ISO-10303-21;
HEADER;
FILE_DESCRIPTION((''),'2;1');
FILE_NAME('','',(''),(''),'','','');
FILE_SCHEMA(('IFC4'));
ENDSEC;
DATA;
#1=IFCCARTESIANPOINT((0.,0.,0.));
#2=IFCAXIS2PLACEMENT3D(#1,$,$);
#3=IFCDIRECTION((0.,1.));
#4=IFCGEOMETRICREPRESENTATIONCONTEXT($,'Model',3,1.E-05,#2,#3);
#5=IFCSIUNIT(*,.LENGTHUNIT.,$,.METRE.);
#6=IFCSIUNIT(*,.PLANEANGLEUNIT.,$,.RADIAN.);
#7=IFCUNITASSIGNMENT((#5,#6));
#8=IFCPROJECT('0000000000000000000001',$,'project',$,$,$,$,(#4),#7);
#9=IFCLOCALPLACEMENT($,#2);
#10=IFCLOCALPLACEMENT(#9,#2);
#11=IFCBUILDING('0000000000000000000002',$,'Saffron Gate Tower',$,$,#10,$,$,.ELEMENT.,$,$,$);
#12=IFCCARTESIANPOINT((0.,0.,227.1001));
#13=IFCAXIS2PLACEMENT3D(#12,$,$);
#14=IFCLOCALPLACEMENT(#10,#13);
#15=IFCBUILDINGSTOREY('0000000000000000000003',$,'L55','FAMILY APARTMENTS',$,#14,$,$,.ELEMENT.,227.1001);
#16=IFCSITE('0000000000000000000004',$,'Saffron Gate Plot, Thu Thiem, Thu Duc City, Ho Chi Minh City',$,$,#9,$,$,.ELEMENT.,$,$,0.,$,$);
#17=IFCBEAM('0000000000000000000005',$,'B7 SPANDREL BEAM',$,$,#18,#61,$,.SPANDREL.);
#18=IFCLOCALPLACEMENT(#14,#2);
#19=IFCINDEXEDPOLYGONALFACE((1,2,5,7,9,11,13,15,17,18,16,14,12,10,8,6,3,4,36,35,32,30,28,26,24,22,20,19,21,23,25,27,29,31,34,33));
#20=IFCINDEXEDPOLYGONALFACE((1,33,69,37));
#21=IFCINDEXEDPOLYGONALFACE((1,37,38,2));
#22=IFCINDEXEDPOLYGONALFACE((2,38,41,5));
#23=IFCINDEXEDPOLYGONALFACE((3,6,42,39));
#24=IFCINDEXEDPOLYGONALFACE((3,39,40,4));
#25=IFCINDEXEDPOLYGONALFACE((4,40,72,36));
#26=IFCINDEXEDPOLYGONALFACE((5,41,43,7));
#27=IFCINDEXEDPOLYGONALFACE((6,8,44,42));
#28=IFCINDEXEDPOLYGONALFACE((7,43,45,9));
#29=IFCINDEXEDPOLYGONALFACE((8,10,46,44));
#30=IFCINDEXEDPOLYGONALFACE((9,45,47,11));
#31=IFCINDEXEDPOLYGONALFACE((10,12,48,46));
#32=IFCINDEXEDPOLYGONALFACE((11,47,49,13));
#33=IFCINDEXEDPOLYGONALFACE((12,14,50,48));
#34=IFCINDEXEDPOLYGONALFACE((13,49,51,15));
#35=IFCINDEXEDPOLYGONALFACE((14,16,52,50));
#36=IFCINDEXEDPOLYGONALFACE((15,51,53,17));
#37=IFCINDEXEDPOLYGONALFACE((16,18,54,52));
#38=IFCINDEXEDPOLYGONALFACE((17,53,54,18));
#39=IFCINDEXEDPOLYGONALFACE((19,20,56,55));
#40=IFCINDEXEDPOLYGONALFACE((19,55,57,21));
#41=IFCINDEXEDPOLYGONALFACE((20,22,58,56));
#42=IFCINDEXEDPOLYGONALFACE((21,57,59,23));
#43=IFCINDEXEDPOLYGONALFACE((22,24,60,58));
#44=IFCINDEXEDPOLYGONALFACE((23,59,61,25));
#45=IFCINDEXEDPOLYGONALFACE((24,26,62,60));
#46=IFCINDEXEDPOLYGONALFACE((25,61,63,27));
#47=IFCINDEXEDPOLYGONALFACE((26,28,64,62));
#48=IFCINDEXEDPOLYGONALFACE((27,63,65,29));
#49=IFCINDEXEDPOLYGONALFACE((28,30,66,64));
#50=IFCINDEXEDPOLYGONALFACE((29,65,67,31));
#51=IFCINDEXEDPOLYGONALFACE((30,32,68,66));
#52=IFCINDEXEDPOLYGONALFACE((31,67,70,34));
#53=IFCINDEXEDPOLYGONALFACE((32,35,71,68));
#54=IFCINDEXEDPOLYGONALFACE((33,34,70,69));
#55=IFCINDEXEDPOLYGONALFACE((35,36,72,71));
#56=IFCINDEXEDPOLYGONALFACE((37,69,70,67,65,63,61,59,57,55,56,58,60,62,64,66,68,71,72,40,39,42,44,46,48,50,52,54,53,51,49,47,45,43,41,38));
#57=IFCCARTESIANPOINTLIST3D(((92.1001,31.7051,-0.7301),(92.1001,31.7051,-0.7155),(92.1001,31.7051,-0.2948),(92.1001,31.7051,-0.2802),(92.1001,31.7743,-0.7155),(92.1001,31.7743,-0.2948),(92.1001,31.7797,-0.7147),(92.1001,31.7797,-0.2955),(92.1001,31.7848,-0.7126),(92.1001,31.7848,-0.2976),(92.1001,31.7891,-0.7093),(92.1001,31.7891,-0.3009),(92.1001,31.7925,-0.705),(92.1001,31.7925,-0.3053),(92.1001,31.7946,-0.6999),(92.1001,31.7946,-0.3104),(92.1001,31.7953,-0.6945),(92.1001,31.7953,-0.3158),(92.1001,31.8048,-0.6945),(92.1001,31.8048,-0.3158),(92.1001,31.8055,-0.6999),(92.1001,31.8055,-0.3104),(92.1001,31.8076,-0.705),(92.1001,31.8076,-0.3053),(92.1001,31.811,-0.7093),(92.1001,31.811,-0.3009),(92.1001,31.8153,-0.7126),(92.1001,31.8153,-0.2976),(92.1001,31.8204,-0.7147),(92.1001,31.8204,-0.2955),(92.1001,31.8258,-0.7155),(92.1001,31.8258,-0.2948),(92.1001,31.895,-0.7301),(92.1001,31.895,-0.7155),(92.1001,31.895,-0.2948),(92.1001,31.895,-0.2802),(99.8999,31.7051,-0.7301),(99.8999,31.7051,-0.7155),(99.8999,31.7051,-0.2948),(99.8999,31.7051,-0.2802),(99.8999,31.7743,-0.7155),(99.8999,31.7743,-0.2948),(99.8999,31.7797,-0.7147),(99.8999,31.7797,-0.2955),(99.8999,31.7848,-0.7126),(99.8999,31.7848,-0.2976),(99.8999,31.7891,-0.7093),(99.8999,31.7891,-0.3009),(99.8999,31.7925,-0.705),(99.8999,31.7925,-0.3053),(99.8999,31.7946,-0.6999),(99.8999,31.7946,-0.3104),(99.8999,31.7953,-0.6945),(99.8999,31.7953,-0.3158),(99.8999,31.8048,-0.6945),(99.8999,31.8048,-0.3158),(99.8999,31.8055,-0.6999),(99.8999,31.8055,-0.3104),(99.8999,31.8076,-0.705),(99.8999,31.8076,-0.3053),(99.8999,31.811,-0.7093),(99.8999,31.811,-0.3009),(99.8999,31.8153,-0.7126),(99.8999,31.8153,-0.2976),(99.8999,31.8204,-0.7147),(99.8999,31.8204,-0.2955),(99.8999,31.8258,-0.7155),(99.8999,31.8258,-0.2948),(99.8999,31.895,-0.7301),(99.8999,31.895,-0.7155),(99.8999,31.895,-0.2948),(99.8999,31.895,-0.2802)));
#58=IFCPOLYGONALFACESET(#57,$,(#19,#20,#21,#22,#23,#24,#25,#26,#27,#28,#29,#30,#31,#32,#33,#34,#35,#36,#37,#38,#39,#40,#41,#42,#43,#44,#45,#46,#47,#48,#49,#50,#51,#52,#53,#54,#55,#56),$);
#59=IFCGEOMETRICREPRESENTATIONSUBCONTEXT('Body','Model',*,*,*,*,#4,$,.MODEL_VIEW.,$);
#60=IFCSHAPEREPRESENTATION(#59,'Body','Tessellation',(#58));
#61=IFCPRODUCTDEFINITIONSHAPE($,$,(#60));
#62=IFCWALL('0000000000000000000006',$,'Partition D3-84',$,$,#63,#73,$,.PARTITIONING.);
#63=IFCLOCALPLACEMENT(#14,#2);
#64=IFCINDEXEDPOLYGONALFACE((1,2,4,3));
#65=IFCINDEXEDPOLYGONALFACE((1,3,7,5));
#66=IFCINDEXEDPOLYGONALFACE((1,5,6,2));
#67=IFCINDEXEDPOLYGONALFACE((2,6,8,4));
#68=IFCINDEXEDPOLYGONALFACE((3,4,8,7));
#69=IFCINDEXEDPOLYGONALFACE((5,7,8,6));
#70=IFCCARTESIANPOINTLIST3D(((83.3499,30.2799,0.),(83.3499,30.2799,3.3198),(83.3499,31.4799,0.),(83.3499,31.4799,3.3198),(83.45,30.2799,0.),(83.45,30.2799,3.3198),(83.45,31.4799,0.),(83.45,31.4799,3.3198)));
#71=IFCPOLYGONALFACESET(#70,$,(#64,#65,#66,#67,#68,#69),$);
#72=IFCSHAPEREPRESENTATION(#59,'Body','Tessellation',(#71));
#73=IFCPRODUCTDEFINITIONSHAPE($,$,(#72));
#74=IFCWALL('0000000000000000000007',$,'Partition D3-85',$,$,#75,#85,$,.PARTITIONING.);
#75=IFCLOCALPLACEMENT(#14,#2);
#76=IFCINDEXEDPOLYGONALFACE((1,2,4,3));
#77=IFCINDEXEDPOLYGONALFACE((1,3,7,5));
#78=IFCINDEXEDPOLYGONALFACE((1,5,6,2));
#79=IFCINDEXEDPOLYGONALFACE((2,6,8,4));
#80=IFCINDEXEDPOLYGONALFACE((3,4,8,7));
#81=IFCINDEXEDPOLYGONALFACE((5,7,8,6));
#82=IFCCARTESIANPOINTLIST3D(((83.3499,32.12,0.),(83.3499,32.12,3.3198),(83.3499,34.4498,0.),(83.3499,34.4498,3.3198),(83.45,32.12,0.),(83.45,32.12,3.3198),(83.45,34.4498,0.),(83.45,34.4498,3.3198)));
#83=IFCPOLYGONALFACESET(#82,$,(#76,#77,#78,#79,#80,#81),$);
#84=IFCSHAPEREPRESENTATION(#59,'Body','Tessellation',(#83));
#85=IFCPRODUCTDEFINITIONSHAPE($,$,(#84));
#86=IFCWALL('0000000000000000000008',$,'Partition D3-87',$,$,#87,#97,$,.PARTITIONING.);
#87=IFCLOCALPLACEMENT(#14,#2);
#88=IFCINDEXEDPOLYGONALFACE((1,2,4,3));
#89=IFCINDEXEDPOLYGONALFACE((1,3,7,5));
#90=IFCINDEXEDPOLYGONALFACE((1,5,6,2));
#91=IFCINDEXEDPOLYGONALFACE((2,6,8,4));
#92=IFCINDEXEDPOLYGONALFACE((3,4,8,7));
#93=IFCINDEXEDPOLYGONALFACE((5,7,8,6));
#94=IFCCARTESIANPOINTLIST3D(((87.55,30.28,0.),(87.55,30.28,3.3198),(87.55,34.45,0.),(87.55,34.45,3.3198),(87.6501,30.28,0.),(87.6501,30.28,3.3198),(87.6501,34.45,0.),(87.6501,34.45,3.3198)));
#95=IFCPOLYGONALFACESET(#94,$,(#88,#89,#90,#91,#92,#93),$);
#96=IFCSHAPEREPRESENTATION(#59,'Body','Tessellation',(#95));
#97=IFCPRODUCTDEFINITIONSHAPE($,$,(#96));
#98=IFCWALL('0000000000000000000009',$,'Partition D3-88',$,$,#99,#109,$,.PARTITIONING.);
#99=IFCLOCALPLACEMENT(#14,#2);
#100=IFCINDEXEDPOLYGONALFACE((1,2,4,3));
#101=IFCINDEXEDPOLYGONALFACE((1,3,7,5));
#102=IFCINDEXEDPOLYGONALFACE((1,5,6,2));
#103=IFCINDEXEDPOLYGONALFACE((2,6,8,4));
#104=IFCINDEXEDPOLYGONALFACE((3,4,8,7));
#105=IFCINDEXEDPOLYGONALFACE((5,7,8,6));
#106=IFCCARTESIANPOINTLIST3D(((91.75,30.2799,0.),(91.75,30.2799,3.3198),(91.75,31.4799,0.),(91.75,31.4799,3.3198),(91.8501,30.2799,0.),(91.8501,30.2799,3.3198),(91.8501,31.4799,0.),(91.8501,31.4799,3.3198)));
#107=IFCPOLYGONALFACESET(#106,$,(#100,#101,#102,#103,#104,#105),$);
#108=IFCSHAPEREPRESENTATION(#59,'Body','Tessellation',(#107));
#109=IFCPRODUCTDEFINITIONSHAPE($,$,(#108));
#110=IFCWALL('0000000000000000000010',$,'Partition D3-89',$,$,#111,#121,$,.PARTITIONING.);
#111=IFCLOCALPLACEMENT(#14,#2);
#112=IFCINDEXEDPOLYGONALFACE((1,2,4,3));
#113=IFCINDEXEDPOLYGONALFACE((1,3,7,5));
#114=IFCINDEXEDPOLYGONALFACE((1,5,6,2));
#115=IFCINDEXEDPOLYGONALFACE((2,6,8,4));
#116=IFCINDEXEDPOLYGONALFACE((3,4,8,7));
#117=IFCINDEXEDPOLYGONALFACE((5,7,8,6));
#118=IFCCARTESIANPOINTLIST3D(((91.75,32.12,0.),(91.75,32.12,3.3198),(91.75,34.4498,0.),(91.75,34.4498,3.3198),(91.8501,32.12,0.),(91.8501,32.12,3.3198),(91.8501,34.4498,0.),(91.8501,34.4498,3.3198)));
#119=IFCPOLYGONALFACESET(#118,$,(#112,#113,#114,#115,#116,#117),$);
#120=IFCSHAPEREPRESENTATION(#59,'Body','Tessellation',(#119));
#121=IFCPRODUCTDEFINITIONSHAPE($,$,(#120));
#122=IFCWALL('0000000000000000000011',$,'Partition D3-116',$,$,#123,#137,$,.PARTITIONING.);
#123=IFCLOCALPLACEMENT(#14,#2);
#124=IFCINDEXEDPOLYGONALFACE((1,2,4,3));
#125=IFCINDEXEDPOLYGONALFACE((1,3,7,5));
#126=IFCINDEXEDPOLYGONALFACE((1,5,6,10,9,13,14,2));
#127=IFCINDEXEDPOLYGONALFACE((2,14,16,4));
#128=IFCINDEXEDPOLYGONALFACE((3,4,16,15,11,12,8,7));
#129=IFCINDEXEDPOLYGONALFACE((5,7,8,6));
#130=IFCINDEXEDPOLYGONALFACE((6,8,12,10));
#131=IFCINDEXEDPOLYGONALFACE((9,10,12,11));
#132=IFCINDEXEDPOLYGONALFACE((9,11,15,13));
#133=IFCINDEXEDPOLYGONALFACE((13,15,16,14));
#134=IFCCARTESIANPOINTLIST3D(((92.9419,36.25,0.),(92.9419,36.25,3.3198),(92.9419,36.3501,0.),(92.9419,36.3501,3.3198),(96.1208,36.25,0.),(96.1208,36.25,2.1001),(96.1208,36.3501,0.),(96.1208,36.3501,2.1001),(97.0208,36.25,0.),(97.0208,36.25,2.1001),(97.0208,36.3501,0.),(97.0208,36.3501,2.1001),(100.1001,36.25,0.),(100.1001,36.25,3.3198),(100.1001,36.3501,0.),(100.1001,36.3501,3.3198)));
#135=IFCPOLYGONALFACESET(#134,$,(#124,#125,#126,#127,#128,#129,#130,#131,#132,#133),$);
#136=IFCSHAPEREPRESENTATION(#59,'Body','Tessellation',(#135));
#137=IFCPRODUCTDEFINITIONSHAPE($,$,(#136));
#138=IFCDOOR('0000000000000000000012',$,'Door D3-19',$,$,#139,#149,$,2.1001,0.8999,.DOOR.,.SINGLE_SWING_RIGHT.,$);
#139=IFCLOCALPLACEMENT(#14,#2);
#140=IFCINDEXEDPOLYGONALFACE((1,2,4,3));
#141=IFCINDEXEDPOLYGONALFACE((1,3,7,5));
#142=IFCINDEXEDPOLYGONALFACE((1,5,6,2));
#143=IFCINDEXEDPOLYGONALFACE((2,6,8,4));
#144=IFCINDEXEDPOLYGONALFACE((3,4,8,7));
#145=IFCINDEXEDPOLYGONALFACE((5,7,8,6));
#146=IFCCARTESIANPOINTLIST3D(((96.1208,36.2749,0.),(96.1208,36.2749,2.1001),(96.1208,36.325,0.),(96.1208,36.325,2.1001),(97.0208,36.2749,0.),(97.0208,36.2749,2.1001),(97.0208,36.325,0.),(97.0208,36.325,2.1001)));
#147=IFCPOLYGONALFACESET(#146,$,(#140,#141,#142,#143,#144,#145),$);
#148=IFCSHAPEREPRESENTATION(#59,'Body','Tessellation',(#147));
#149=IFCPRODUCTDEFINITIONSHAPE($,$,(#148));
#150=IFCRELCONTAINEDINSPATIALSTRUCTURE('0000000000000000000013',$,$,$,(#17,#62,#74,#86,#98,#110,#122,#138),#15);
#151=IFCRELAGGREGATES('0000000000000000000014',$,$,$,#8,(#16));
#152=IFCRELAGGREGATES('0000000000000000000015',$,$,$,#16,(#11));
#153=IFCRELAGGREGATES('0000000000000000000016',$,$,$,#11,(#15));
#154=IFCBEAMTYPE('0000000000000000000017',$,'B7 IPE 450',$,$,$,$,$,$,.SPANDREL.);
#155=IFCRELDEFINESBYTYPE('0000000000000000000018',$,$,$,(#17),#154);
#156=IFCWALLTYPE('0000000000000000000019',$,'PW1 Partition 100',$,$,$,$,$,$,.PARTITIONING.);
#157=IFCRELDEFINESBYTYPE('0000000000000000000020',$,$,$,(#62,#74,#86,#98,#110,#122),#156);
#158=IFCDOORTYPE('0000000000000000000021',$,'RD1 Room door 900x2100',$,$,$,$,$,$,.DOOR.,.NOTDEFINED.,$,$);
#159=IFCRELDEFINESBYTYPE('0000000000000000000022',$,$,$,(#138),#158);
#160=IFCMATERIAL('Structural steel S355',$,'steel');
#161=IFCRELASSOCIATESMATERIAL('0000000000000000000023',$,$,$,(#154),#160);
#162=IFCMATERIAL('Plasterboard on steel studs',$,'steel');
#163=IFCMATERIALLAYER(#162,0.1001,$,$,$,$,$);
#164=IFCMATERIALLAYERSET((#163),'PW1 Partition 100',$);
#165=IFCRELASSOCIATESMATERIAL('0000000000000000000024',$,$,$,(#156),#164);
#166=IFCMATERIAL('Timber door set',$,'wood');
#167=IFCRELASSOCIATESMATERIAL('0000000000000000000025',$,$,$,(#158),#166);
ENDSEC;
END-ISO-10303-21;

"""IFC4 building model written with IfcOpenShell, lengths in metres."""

from ifc_helpers import new_model, si_unit, direction, frame, frame_2d, origin, origin_2d, place, context, subcontext, project, spatial, rectangle, i_section, extrude, material, layer, layer_set, material_profile, profile_set, type_object, element, fill, save


model = new_model("IFC4")

# Units and contexts
model_context = context("Model", 3, precision=1e-05, world=origin(), true_north=direction((0.0, 1.0)))
body_context = subcontext(model_context, "Body", "Model", "MODEL_VIEW")
ifc_project = project(units=[si_unit("LENGTHUNIT", "METRE"), si_unit("PLANEANGLEUNIT", "RADIAN")], contexts=[model_context])

# Site, building, storey
site_placement = place(None, origin())
site = spatial("IfcSite", under=ifc_project, at=site_placement, Name="Saffron Gate Plot, Thu Thiem, Thu Duc City, Ho Chi Minh City", CompositionType="ELEMENT", RefElevation=0.0)
building_placement = place(site_placement, origin())
building = spatial("IfcBuilding", under=site, at=building_placement, Name="Saffron Gate Tower", CompositionType="ELEMENT")
storey_placement = place(building_placement, frame((0.0, 0.0, 227.1001)))
storey = spatial("IfcBuildingStorey", under=building, at=storey_placement, Name="L55", Description="FAMILY APARTMENTS", CompositionType="ELEMENT", Elevation=227.1001)

# Beam
ifc_material_1 = material(Name="Structural steel S355", Category="steel")
ifc_material_profile_1 = material_profile(ifc_material_1, i_section(OverallWidth=0.1899, OverallDepth=0.45, WebThickness=0.0095, FlangeThickness=0.0146, FilletRadius=0.021, at=origin_2d()))
ifc_profile_set_1 = profile_set([ifc_material_profile_1], Name="Structural steel S355")
beam_type_1 = type_object("IfcBeamType", Name="B7 IPE 450", PredefinedType="SPANDREL", material=ifc_profile_set_1)
beam_1_placement = place(storey_placement, frame((92.1001, 31.8, -0.5051), z_axis=(1.0, 0.0, 0.0), x_axis=(0.0, 1.0, 0.0)))
element("IfcBeam", 1, at=beam_1_placement, inside=storey, type_object=beam_type_1, Name="B7 SPANDREL BEAM", PredefinedType="SPANDREL", context=body_context, shape_type="SweptSolid", body=[
    extrude(i_section(OverallWidth=0.1899, OverallDepth=0.45, WebThickness=0.0095, FlangeThickness=0.0146, FilletRadius=0.021, at=origin_2d()), origin(), (0.0, 0.0, 1.0), 7.7998),
])

# Walls
ifc_material_2 = material(Name="Plasterboard on steel studs", Category="steel")
ifc_layer = layer(ifc_material_2, 0.1001)
ifc_layer_set = layer_set([ifc_layer], Name="PW1 Partition 100")
wall_type = type_object("IfcWallType", Name="PW1 Partition 100", PredefinedType="PARTITIONING", material=ifc_layer_set)
wall_1_placement = place(storey_placement, frame((83.3999, 31.48, 0.0), z_axis=(0.0, 0.0, 1.0), x_axis=(0.0, -1.0, 0.0)))
element("IfcWall", 2, at=wall_1_placement, inside=storey, type_object=wall_type, Name="Partition D3-84", PredefinedType="PARTITIONING", context=body_context, shape_type="SweptSolid", body=[
    extrude(rectangle(XDim=1.2, YDim=0.1001, at=frame_2d((0.6001, 0.0))), origin(), (0.0, 0.0, 1.0), 3.3198),
])
wall_2_placement = place(storey_placement, frame((83.3999, 34.45, 0.0), z_axis=(0.0, 0.0, 1.0), x_axis=(0.0, -1.0, 0.0)))
element("IfcWall", 3, at=wall_2_placement, inside=storey, type_object=wall_type, Name="Partition D3-85", PredefinedType="PARTITIONING", context=body_context, shape_type="SweptSolid", body=[
    extrude(rectangle(XDim=2.3298, YDim=0.1001, at=frame_2d((1.165, 0.0))), origin(), (0.0, 0.0, 1.0), 3.3198),
])
wall_3_placement = place(storey_placement, frame((87.6001, 34.45, 0.0), z_axis=(0.0, 0.0, 1.0), x_axis=(0.0, -1.0, 0.0)))
element("IfcWall", 4, at=wall_3_placement, inside=storey, type_object=wall_type, Name="Partition D3-87", PredefinedType="PARTITIONING", context=body_context, shape_type="SweptSolid", body=[
    extrude(rectangle(XDim=4.1699, YDim=0.1001, at=frame_2d((2.085, 0.0))), origin(), (0.0, 0.0, 1.0), 3.3198),
])
wall_4_placement = place(storey_placement, frame((91.8, 31.48, 0.0), z_axis=(0.0, 0.0, 1.0), x_axis=(0.0, -1.0, 0.0)))
element("IfcWall", 5, at=wall_4_placement, inside=storey, type_object=wall_type, Name="Partition D3-88", PredefinedType="PARTITIONING", context=body_context, shape_type="SweptSolid", body=[
    extrude(rectangle(XDim=1.2, YDim=0.1001, at=frame_2d((0.6001, 0.0))), origin(), (0.0, 0.0, 1.0), 3.3198),
])
wall_5_placement = place(storey_placement, frame((91.8, 34.45, 0.0), z_axis=(0.0, 0.0, 1.0), x_axis=(0.0, -1.0, 0.0)))
element("IfcWall", 6, at=wall_5_placement, inside=storey, type_object=wall_type, Name="Partition D3-89", PredefinedType="PARTITIONING", context=body_context, shape_type="SweptSolid", body=[
    extrude(rectangle(XDim=2.3298, YDim=0.1001, at=frame_2d((1.165, 0.0))), origin(), (0.0, 0.0, 1.0), 3.3198),
])

# Wall, opening, door
wall_6_placement = place(storey_placement, frame((92.9419, 36.3, 0.0), z_axis=(0.0, 0.0, 1.0), x_axis=(1.0, 0.0, 0.0)))
wall_6 = element("IfcWall", 7, at=wall_6_placement, inside=storey, type_object=wall_type, Name="Partition D3-116", PredefinedType="PARTITIONING", context=body_context, shape_type="SweptSolid", body=[
    extrude(rectangle(XDim=7.1582, YDim=0.1001, at=frame_2d((3.5791, 0.0))), origin(), (0.0, 0.0, 1.0), 3.3198),
])
opening_placement = place(wall_6_placement, frame((3.179, 0.0, 0.0)))
opening = element("IfcOpeningElement", 8, at=opening_placement, cuts=wall_6, PredefinedType="OPENING", context=body_context, shape_type="SweptSolid", body=[
    extrude(rectangle(XDim=0.8999, YDim=2.1001, at=frame_2d((0.45, 1.05))), frame((0.0, 0.0601, 0.0), z_axis=(0.0, -1.0, 0.0), x_axis=(1.0, 0.0, 0.0)), (0.0, 0.0, 1.0), 0.1201),
])
ifc_material_3 = material(Name="Timber door set", Category="wood")
door_type = type_object("IfcDoorType", Name="RD1 Room door 900x2100", OperationType="NOTDEFINED", PredefinedType="DOOR", material=ifc_material_3)
door_placement = place(opening_placement, origin())
door = element("IfcDoor", 9, at=door_placement, inside=storey, type_object=door_type, Name="Door D3-19", OperationType="SINGLE_SWING_RIGHT", OverallHeight=2.1001, OverallWidth=0.8999, PredefinedType="DOOR", context=body_context, shape_type="SweptSolid", body=[
    extrude(rectangle(XDim=0.8999, YDim=2.1001, at=frame_2d((0.45, 1.05))), frame((0.0, 0.0249, 0.0), z_axis=(0.0, -1.0, 0.0), x_axis=(1.0, 0.0, 0.0)), (0.0, 0.0, 1.0), 0.05),
])
fill(opening, door)

save(model, "model.ifc")
